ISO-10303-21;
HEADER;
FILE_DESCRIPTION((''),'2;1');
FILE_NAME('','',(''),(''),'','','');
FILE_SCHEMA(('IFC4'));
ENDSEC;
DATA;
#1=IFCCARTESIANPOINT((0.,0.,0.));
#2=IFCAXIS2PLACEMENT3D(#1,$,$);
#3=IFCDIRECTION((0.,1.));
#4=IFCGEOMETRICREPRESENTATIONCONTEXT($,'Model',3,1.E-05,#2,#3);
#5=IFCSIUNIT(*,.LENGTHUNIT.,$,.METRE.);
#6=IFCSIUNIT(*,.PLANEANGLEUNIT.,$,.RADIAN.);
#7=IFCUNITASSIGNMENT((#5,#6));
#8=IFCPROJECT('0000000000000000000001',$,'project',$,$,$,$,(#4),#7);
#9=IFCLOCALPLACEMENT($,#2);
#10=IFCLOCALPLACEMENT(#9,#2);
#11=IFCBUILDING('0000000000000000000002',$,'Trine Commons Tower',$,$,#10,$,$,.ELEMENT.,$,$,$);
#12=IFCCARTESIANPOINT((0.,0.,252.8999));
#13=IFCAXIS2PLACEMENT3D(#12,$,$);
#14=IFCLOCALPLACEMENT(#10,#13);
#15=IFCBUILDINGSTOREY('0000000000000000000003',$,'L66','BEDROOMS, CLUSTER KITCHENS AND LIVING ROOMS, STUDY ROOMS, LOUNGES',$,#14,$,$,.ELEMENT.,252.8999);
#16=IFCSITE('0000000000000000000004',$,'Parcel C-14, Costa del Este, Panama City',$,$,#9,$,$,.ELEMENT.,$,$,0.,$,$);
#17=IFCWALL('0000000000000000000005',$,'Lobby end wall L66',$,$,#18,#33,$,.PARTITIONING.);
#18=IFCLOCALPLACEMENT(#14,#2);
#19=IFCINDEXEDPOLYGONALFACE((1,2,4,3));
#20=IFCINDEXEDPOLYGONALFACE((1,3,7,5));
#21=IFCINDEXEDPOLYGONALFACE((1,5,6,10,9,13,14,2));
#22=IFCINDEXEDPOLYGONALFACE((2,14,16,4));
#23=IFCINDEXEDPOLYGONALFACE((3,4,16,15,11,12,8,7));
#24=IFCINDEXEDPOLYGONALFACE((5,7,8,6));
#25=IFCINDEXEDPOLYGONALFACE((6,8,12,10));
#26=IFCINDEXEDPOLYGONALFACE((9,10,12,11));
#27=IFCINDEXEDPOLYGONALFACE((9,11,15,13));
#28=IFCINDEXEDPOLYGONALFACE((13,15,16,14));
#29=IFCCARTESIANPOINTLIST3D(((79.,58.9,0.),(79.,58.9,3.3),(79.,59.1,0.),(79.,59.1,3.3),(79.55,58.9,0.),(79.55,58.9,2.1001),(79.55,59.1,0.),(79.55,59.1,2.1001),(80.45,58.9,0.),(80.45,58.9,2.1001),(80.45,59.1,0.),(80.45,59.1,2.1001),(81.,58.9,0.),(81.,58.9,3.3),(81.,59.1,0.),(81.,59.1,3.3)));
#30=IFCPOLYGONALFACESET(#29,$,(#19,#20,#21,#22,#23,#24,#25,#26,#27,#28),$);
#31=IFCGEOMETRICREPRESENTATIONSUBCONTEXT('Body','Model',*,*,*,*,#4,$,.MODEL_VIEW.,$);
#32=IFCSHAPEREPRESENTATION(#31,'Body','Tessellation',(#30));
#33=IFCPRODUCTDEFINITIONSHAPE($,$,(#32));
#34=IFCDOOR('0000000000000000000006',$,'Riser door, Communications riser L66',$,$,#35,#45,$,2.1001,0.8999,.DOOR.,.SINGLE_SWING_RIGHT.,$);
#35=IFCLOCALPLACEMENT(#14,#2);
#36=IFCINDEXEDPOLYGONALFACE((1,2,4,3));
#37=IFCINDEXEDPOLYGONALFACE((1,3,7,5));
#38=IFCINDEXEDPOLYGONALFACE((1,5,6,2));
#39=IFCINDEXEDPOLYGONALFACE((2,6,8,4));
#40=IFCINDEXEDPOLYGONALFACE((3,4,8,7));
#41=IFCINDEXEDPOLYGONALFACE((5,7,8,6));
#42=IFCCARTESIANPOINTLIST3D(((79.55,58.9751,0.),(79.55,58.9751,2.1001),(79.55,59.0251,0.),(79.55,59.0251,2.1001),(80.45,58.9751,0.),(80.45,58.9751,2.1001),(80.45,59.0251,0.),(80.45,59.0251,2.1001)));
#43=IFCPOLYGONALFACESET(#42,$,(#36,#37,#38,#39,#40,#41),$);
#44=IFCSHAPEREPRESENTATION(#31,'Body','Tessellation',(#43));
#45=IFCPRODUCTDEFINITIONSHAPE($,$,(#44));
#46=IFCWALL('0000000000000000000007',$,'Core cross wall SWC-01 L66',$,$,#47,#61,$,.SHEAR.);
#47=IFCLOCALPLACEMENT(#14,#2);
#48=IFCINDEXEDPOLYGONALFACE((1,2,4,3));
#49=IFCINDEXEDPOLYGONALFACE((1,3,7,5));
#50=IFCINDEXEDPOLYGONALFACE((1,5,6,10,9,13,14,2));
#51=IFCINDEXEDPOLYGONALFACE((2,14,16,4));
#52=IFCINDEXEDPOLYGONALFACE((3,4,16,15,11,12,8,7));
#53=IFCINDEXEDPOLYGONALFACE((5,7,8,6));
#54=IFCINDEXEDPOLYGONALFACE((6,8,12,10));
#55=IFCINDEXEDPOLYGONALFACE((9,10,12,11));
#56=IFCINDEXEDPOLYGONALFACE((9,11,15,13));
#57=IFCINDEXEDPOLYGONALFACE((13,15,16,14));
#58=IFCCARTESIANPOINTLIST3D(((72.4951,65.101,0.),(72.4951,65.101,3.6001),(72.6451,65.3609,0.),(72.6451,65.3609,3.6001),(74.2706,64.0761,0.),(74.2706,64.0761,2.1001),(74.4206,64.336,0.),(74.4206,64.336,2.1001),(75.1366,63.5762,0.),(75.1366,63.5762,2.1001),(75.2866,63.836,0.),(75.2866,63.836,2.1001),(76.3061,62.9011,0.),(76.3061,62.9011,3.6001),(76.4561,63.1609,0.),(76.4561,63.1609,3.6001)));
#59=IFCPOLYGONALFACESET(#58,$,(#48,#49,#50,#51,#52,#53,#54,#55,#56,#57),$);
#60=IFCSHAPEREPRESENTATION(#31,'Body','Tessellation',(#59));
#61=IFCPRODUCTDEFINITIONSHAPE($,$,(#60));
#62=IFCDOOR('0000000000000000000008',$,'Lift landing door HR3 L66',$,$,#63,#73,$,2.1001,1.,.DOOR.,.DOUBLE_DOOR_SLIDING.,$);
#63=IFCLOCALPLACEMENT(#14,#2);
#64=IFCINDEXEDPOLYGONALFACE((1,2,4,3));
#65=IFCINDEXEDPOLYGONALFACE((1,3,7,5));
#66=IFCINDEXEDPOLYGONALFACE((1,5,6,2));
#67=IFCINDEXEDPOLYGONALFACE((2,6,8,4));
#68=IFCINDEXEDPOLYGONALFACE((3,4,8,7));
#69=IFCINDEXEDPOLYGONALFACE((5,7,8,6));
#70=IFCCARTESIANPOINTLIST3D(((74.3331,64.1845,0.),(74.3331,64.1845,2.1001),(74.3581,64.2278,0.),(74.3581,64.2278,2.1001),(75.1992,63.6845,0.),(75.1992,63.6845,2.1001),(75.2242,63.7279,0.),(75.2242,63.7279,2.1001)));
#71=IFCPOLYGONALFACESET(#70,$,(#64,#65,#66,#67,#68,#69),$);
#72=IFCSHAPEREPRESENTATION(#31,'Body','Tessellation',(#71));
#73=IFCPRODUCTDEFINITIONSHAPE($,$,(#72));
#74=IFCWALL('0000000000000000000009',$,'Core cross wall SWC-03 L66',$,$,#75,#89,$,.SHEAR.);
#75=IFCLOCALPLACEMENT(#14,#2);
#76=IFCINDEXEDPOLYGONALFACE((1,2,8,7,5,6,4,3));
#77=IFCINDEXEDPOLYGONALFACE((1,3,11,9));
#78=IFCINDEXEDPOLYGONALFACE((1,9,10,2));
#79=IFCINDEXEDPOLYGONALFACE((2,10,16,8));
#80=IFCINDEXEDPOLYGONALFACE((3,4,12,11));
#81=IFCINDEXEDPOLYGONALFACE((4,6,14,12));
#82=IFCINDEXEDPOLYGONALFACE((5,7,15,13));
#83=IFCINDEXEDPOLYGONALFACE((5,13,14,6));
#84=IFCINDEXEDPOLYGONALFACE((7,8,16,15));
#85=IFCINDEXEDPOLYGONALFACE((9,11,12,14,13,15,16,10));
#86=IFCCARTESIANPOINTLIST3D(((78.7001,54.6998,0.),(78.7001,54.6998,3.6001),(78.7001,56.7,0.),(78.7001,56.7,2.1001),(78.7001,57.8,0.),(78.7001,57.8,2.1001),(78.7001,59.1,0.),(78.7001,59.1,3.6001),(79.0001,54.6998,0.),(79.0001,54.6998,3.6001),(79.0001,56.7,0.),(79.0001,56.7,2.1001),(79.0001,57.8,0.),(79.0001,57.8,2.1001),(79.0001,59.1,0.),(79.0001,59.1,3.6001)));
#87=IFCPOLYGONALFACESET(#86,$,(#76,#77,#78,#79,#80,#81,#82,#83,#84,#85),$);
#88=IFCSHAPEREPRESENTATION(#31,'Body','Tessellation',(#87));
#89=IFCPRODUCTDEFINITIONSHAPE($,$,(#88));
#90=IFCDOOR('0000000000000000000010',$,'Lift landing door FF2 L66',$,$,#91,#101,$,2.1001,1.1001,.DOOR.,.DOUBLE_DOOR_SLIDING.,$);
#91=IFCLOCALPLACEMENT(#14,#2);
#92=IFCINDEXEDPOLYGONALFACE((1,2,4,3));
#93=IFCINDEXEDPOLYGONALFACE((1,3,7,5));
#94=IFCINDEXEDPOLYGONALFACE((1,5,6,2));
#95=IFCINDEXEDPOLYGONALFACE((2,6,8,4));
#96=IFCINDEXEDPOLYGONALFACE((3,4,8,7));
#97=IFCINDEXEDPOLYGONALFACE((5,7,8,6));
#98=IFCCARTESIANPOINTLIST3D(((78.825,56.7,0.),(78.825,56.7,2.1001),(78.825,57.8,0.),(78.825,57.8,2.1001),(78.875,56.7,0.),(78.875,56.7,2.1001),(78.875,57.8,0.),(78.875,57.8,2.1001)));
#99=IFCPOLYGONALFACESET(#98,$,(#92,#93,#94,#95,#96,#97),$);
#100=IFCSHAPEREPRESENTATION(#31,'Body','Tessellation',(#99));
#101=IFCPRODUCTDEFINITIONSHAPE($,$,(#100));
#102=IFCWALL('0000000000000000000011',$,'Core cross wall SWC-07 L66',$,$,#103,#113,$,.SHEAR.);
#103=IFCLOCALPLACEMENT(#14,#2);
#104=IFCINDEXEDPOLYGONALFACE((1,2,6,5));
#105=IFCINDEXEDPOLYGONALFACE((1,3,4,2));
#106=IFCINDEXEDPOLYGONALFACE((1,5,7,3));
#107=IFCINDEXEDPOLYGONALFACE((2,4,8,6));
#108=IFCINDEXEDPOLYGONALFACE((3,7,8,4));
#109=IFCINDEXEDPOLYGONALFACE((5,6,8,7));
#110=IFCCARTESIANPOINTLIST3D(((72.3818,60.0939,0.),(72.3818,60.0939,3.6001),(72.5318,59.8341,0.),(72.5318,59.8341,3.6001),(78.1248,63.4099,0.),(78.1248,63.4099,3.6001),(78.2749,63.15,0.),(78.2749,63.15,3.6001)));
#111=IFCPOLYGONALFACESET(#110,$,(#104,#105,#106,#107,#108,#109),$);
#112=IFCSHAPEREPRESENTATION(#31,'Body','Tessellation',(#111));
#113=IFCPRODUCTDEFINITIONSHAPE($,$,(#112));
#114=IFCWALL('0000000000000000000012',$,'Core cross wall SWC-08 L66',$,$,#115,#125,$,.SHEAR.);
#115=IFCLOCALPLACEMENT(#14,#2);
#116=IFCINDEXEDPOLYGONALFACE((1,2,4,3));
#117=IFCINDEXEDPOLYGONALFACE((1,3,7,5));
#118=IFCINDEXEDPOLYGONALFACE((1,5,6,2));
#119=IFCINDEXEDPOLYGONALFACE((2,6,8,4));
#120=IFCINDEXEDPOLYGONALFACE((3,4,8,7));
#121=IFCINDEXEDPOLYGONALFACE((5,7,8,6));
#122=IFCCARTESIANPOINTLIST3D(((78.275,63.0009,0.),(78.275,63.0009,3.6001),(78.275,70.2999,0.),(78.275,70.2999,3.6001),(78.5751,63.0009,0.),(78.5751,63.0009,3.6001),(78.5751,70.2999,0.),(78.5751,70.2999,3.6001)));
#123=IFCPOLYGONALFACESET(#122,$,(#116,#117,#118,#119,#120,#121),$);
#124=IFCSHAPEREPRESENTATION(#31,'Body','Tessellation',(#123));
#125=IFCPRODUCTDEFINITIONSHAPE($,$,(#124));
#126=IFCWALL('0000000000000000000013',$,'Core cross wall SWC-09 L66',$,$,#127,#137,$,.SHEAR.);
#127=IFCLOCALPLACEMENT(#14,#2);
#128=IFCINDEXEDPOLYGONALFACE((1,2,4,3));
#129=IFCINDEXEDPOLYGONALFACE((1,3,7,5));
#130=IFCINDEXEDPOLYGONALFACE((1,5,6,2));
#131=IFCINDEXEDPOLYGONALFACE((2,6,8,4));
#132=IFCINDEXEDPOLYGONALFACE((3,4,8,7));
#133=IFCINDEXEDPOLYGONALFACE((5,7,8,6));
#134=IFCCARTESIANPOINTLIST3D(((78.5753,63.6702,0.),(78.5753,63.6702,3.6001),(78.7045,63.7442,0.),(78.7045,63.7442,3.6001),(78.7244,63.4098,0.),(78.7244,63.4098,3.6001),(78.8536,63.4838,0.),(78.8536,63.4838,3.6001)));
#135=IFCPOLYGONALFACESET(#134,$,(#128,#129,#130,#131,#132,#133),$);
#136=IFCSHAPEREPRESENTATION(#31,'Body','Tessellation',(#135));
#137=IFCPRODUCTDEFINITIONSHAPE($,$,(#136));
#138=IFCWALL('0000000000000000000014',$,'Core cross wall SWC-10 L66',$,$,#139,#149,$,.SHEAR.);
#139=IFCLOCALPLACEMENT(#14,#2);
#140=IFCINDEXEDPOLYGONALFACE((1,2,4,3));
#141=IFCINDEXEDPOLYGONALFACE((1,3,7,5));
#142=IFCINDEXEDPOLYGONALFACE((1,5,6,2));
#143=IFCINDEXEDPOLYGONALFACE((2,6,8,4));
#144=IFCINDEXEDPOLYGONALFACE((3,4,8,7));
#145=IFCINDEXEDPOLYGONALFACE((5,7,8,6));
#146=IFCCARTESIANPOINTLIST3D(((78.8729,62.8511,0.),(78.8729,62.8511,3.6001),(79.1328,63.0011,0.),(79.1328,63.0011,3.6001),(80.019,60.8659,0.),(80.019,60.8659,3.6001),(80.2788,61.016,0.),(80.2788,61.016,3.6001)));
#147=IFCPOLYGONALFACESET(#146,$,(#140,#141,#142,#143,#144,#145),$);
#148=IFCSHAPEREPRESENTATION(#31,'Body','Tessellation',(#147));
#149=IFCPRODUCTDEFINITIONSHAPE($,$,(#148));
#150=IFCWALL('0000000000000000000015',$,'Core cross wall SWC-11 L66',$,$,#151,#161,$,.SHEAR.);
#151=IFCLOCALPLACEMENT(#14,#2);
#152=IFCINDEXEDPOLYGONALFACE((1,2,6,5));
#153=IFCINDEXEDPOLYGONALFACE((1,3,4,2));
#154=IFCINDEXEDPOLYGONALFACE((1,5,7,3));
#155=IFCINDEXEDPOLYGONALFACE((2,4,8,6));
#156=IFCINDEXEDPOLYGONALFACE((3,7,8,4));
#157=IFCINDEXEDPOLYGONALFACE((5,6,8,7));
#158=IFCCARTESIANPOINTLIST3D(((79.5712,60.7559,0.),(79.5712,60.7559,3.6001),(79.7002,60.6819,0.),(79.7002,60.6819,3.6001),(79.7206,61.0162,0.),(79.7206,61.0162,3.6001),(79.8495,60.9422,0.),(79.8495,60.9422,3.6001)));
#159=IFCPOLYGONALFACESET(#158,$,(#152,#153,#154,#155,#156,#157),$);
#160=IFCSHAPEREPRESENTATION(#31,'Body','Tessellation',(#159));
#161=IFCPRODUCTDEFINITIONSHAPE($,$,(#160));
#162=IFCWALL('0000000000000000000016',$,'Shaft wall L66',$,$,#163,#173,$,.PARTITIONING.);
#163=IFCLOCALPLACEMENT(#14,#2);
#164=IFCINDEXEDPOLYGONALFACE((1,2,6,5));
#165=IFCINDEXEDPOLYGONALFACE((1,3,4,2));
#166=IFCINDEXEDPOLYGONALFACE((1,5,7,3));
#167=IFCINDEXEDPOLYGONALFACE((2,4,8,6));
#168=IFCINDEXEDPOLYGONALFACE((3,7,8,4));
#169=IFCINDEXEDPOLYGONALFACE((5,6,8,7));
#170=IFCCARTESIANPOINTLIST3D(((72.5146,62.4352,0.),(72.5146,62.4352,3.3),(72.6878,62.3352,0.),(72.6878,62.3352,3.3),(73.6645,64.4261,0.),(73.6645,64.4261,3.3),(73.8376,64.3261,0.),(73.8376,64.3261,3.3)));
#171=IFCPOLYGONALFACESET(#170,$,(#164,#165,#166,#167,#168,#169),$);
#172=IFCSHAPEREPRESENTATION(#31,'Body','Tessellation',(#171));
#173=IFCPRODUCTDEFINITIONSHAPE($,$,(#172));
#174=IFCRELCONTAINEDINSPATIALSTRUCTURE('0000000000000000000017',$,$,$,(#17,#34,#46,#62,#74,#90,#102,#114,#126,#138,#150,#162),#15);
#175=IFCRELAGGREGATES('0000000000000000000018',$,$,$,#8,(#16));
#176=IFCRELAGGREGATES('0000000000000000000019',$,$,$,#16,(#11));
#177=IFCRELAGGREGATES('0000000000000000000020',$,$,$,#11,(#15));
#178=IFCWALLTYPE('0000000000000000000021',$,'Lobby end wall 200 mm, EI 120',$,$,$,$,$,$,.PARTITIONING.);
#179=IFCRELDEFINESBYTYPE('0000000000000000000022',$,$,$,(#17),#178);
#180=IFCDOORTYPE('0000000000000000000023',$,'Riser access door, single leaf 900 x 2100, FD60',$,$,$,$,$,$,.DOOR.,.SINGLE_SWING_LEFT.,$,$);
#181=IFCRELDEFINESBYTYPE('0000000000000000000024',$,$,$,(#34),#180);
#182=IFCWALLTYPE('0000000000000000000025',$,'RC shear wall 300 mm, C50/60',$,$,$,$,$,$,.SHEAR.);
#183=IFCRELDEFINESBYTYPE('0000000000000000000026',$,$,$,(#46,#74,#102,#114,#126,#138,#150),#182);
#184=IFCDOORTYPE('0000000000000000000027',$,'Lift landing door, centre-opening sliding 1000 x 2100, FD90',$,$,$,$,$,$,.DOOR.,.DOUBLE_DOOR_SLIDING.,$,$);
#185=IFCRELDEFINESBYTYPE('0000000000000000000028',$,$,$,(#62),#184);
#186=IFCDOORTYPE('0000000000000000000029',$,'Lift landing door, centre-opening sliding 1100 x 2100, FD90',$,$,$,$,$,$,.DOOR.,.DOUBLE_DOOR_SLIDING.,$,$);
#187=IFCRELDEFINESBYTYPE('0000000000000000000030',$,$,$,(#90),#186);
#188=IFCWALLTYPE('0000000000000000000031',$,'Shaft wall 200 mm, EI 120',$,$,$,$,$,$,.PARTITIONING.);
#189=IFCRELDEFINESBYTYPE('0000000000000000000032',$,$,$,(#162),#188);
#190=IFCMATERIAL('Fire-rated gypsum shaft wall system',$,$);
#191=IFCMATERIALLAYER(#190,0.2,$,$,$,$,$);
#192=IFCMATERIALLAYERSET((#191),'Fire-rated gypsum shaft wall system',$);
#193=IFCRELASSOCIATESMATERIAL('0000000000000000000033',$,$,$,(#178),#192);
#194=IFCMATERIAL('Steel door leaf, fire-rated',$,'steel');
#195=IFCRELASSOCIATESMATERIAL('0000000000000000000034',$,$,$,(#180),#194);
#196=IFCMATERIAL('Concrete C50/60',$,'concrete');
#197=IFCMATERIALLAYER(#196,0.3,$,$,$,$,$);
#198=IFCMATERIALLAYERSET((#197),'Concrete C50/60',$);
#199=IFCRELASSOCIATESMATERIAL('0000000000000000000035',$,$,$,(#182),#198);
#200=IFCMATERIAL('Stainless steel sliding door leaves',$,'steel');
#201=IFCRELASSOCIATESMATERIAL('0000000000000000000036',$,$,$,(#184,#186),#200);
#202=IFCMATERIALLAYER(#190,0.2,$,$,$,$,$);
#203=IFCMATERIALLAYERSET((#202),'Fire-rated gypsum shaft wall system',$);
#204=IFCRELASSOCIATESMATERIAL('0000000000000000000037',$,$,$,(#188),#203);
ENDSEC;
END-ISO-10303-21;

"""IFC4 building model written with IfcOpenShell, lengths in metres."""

from ifc_helpers import new_model, si_unit, direction, frame, frame_2d, origin, place, context, subcontext, project, spatial, rectangle, extrude, material, layer, layer_set, type_object, element, fill, save


model = new_model("IFC4")

# Units and contexts
model_context = context("Model", 3, precision=1e-05, world=origin(), true_north=direction((0.0, 1.0)))
body_context = subcontext(model_context, "Body", "Model", "MODEL_VIEW")
ifc_project = project(units=[si_unit("LENGTHUNIT", "METRE"), si_unit("PLANEANGLEUNIT", "RADIAN")], contexts=[model_context])

# Site, building, storey
site_placement = place(None, origin())
site = spatial("IfcSite", under=ifc_project, at=site_placement, Name="Parcel C-14, Costa del Este, Panama City", CompositionType="ELEMENT", RefElevation=0.0)
building_placement = place(site_placement, origin())
building = spatial("IfcBuilding", under=site, at=building_placement, Name="Trine Commons Tower", CompositionType="ELEMENT")
storey_placement = place(building_placement, frame((0.0, 0.0, 252.8999)))
storey = spatial("IfcBuildingStorey", under=building, at=storey_placement, Name="L66", Description="BEDROOMS, CLUSTER KITCHENS AND LIVING ROOMS, STUDY ROOMS, LOUNGES", CompositionType="ELEMENT", Elevation=252.8999)

# Walls, openings, doors
ifc_material_1 = material(Name="Fire-rated gypsum shaft wall system")
ifc_layer_1 = layer(ifc_material_1, 0.2)
ifc_layer_set_1 = layer_set([ifc_layer_1], Name="Fire-rated gypsum shaft wall system")
wall_type_1 = type_object("IfcWallType", Name="Lobby end wall 200 mm, EI 120", PredefinedType="PARTITIONING", material=ifc_layer_set_1)
wall_1_placement = place(storey_placement, frame((79.0, 59.0, 0.0), z_axis=(0.0, 0.0, 1.0), x_axis=(1.0, 0.0, 0.0)))
wall_1 = element("IfcWall", 1, at=wall_1_placement, inside=storey, type_object=wall_type_1, Name="Lobby end wall L66", PredefinedType="PARTITIONING", context=body_context, shape_type="SweptSolid", body=[
    extrude(rectangle(XDim=2.0, YDim=0.2, at=frame_2d((1.0, 0.0))), origin(), (0.0, 0.0, 1.0), 3.3),
])
opening_1_placement = place(wall_1_placement, frame((0.55, 0.0, 0.0)))
opening_1 = element("IfcOpeningElement", 2, at=opening_1_placement, cuts=wall_1, PredefinedType="OPENING", context=body_context, shape_type="SweptSolid", body=[
    extrude(rectangle(XDim=0.8999, YDim=2.1001, at=frame_2d((0.45, 1.05))), frame((0.0, 0.1099, 0.0), z_axis=(0.0, -1.0, 0.0), x_axis=(1.0, 0.0, 0.0)), (0.0, 0.0, 1.0), 0.22),
])
ifc_material_2 = material(Name="Steel door leaf, fire-rated", Category="steel")
door_type_1 = type_object("IfcDoorType", Name="Riser access door, single leaf 900 x 2100, FD60", OperationType="SINGLE_SWING_LEFT", PredefinedType="DOOR", material=ifc_material_2)
door_1_placement = place(opening_1_placement, frame((0.8999, 0.0, 0.0), z_axis=(0.0, 0.0, 1.0), x_axis=(-1.0, 0.0, 0.0)))
door_1 = element("IfcDoor", 3, at=door_1_placement, inside=storey, type_object=door_type_1, Name="Riser door, Communications riser L66", OperationType="SINGLE_SWING_RIGHT", OverallHeight=2.1001, OverallWidth=0.8999, PredefinedType="DOOR", context=body_context, shape_type="SweptSolid", body=[
    extrude(rectangle(XDim=0.8999, YDim=2.1001, at=frame_2d((0.45, 1.05))), frame((0.0, 0.0249, 0.0), z_axis=(0.0, -1.0, 0.0), x_axis=(1.0, 0.0, 0.0)), (0.0, 0.0, 1.0), 0.05),
])
fill(opening_1, door_1)
ifc_material_3 = material(Name="Concrete C50/60", Category="concrete")
ifc_layer_2 = layer(ifc_material_3, 0.3)
ifc_layer_set_2 = layer_set([ifc_layer_2], Name="Concrete C50/60")
wall_type_2 = type_object("IfcWallType", Name="RC shear wall 300 mm, C50/60", PredefinedType="SHEAR", material=ifc_layer_set_2)
wall_2_placement = place(storey_placement, frame((76.3811, 63.031, 0.0), z_axis=(0.0, 0.0, 1.0), x_axis=(-0.86606, 0.49994, 0.0)))
wall_2 = element("IfcWall", 4, at=wall_2_placement, inside=storey, type_object=wall_type_2, Name="Core cross wall SWC-01 L66", PredefinedType="SHEAR", context=body_context, shape_type="SweptSolid", body=[
    extrude(rectangle(XDim=4.4004, YDim=0.3, at=frame_2d((2.2002, 0.0))), origin(), (0.0, 0.0, 1.0), 3.6001),
])
opening_2_placement = place(wall_2_placement, frame((1.3503, 0.0, 0.0)))
opening_2 = element("IfcOpeningElement", 5, at=opening_2_placement, cuts=wall_2, PredefinedType="OPENING", context=body_context, shape_type="SweptSolid", body=[
    extrude(rectangle(XDim=1.0, YDim=2.1001, at=frame_2d((0.5, 1.05))), frame((0.0, 0.1599, 0.0), z_axis=(0.0, -1.0, 0.0), x_axis=(1.0, 0.0, 0.0)), (0.0, 0.0, 1.0), 0.3201),
])
ifc_material_4 = material(Name="Stainless steel sliding door leaves", Category="steel")
door_type_2 = type_object("IfcDoorType", Name="Lift landing door, centre-opening sliding 1000 x 2100, FD90", OperationType="DOUBLE_DOOR_SLIDING", PredefinedType="DOOR", material=ifc_material_4)
door_2_placement = place(opening_2_placement, origin())
door_2 = element("IfcDoor", 6, at=door_2_placement, inside=storey, type_object=door_type_2, Name="Lift landing door HR3 L66", OperationType="DOUBLE_DOOR_SLIDING", OverallHeight=2.1001, OverallWidth=1.0, PredefinedType="DOOR", context=body_context, shape_type="SweptSolid", body=[
    extrude(rectangle(XDim=1.0, YDim=2.1001, at=frame_2d((0.5, 1.05))), frame((0.0, 0.0249, 0.0), z_axis=(0.0, -1.0, 0.0), x_axis=(1.0, 0.0, 0.0)), (0.0, 0.0, 1.0), 0.05),
])
fill(opening_2, door_2)
wall_3_placement = place(storey_placement, frame((78.8501, 59.1001, 0.0), z_axis=(0.0, 0.0, 1.0), x_axis=(0.0, -1.0, 0.0)))
wall_3 = element("IfcWall", 7, at=wall_3_placement, inside=storey, type_object=wall_type_2, Name="Core cross wall SWC-03 L66", PredefinedType="SHEAR", context=body_context, shape_type="SweptSolid", body=[
    extrude(rectangle(XDim=4.4001, YDim=0.3, at=frame_2d((2.2002, 0.0))), origin(), (0.0, 0.0, 1.0), 3.6001),
])
opening_3_placement = place(wall_3_placement, frame((1.3, 0.0, 0.0)))
opening_3 = element("IfcOpeningElement", 8, at=opening_3_placement, cuts=wall_3, PredefinedType="OPENING", context=body_context, shape_type="SweptSolid", body=[
    extrude(rectangle(XDim=1.1001, YDim=2.1001, at=frame_2d((0.55, 1.05))), frame((0.0, 0.1599, 0.0), z_axis=(0.0, -1.0, 0.0), x_axis=(1.0, 0.0, 0.0)), (0.0, 0.0, 1.0), 0.3201),
])
door_type_3 = type_object("IfcDoorType", Name="Lift landing door, centre-opening sliding 1100 x 2100, FD90", OperationType="DOUBLE_DOOR_SLIDING", PredefinedType="DOOR", material=ifc_material_4)
door_3_placement = place(opening_3_placement, origin())
door_3 = element("IfcDoor", 9, at=door_3_placement, inside=storey, type_object=door_type_3, Name="Lift landing door FF2 L66", OperationType="DOUBLE_DOOR_SLIDING", OverallHeight=2.1001, OverallWidth=1.1001, PredefinedType="DOOR", context=body_context, shape_type="SweptSolid", body=[
    extrude(rectangle(XDim=1.1001, YDim=2.1001, at=frame_2d((0.55, 1.05))), frame((0.0, 0.0249, 0.0), z_axis=(0.0, -1.0, 0.0), x_axis=(1.0, 0.0, 0.0)), (0.0, 0.0, 1.0), 0.05),
])
fill(opening_3, door_3)

# Walls
wall_4_placement = place(storey_placement, frame((78.2, 63.28, 0.0), z_axis=(0.0, 0.0, 1.0), x_axis=(-0.86601, -0.500027, 0.0)))
element("IfcWall", 10, at=wall_4_placement, inside=storey, type_object=wall_type_2, Name="Core cross wall SWC-07 L66", PredefinedType="SHEAR", context=body_context, shape_type="SweptSolid", body=[
    extrude(rectangle(XDim=6.6316, YDim=0.3, at=frame_2d((3.3159, 0.0))), origin(), (0.0, 0.0, 1.0), 3.6001),
])
wall_5_placement = place(storey_placement, frame((78.425, 63.001, 0.0), z_axis=(0.0, 0.0, 1.0), x_axis=(0.0, 1.0, 0.0)))
element("IfcWall", 11, at=wall_5_placement, inside=storey, type_object=wall_type_2, Name="Core cross wall SWC-08 L66", PredefinedType="SHEAR", context=body_context, shape_type="SweptSolid", body=[
    extrude(rectangle(XDim=7.2991, YDim=0.3, at=frame_2d((3.6494, 0.0))), origin(), (0.0, 0.0, 1.0), 3.6001),
])
wall_6_placement = place(storey_placement, frame((78.7791, 63.614, 0.0), z_axis=(0.0, 0.0, 1.0), x_axis=(-0.867738, -0.497022, 0.0)))
element("IfcWall", 12, at=wall_6_placement, inside=storey, type_object=wall_type_2, Name="Core cross wall SWC-09 L66", PredefinedType="SHEAR", context=body_context, shape_type="SweptSolid", body=[
    extrude(rectangle(XDim=0.1489, YDim=0.3, at=frame_2d((0.0745, 0.0))), origin(), (0.0, 0.0, 1.0), 3.6001),
])
wall_7_placement = place(storey_placement, frame((79.0029, 62.926, 0.0), z_axis=(0.0, 0.0, 1.0), x_axis=(0.499965, -0.866045, 0.0)))
element("IfcWall", 13, at=wall_7_placement, inside=storey, type_object=wall_type_2, Name="Core cross wall SWC-10 L66", PredefinedType="SHEAR", context=body_context, shape_type="SweptSolid", body=[
    extrude(rectangle(XDim=2.2922, YDim=0.3, at=frame_2d((1.146, 0.0))), origin(), (0.0, 0.0, 1.0), 3.6001),
])
wall_8_placement = place(storey_placement, frame((79.646, 60.886, 0.0), z_axis=(0.0, 0.0, 1.0), x_axis=(0.867332, -0.49773, 0.0)))
element("IfcWall", 14, at=wall_8_placement, inside=storey, type_object=wall_type_2, Name="Core cross wall SWC-11 L66", PredefinedType="SHEAR", context=body_context, shape_type="SweptSolid", body=[
    extrude(rectangle(XDim=0.1487, YDim=0.3, at=frame_2d((0.0742, 0.0))), origin(), (0.0, 0.0, 1.0), 3.6001),
])
ifc_layer_3 = layer(ifc_material_1, 0.2)
ifc_layer_set_3 = layer_set([ifc_layer_3], Name="Fire-rated gypsum shaft wall system")
wall_type_3 = type_object("IfcWallType", Name="Shaft wall 200 mm, EI 120", PredefinedType="PARTITIONING", material=ifc_layer_set_3)
wall_9_placement = place(storey_placement, frame((73.751, 64.376, 0.0), z_axis=(0.0, 0.0, 1.0), x_axis=(-0.500136, -0.865947, 0.0)))
element("IfcWall", 15, at=wall_9_placement, inside=storey, type_object=wall_type_3, Name="Shaft wall L66", PredefinedType="PARTITIONING", context=body_context, shape_type="SweptSolid", body=[
    extrude(rectangle(XDim=2.2991, YDim=0.2, at=frame_2d((1.1494, 0.0))), origin(), (0.0, 0.0, 1.0), 3.3),
])

save(model, "model.ifc")
